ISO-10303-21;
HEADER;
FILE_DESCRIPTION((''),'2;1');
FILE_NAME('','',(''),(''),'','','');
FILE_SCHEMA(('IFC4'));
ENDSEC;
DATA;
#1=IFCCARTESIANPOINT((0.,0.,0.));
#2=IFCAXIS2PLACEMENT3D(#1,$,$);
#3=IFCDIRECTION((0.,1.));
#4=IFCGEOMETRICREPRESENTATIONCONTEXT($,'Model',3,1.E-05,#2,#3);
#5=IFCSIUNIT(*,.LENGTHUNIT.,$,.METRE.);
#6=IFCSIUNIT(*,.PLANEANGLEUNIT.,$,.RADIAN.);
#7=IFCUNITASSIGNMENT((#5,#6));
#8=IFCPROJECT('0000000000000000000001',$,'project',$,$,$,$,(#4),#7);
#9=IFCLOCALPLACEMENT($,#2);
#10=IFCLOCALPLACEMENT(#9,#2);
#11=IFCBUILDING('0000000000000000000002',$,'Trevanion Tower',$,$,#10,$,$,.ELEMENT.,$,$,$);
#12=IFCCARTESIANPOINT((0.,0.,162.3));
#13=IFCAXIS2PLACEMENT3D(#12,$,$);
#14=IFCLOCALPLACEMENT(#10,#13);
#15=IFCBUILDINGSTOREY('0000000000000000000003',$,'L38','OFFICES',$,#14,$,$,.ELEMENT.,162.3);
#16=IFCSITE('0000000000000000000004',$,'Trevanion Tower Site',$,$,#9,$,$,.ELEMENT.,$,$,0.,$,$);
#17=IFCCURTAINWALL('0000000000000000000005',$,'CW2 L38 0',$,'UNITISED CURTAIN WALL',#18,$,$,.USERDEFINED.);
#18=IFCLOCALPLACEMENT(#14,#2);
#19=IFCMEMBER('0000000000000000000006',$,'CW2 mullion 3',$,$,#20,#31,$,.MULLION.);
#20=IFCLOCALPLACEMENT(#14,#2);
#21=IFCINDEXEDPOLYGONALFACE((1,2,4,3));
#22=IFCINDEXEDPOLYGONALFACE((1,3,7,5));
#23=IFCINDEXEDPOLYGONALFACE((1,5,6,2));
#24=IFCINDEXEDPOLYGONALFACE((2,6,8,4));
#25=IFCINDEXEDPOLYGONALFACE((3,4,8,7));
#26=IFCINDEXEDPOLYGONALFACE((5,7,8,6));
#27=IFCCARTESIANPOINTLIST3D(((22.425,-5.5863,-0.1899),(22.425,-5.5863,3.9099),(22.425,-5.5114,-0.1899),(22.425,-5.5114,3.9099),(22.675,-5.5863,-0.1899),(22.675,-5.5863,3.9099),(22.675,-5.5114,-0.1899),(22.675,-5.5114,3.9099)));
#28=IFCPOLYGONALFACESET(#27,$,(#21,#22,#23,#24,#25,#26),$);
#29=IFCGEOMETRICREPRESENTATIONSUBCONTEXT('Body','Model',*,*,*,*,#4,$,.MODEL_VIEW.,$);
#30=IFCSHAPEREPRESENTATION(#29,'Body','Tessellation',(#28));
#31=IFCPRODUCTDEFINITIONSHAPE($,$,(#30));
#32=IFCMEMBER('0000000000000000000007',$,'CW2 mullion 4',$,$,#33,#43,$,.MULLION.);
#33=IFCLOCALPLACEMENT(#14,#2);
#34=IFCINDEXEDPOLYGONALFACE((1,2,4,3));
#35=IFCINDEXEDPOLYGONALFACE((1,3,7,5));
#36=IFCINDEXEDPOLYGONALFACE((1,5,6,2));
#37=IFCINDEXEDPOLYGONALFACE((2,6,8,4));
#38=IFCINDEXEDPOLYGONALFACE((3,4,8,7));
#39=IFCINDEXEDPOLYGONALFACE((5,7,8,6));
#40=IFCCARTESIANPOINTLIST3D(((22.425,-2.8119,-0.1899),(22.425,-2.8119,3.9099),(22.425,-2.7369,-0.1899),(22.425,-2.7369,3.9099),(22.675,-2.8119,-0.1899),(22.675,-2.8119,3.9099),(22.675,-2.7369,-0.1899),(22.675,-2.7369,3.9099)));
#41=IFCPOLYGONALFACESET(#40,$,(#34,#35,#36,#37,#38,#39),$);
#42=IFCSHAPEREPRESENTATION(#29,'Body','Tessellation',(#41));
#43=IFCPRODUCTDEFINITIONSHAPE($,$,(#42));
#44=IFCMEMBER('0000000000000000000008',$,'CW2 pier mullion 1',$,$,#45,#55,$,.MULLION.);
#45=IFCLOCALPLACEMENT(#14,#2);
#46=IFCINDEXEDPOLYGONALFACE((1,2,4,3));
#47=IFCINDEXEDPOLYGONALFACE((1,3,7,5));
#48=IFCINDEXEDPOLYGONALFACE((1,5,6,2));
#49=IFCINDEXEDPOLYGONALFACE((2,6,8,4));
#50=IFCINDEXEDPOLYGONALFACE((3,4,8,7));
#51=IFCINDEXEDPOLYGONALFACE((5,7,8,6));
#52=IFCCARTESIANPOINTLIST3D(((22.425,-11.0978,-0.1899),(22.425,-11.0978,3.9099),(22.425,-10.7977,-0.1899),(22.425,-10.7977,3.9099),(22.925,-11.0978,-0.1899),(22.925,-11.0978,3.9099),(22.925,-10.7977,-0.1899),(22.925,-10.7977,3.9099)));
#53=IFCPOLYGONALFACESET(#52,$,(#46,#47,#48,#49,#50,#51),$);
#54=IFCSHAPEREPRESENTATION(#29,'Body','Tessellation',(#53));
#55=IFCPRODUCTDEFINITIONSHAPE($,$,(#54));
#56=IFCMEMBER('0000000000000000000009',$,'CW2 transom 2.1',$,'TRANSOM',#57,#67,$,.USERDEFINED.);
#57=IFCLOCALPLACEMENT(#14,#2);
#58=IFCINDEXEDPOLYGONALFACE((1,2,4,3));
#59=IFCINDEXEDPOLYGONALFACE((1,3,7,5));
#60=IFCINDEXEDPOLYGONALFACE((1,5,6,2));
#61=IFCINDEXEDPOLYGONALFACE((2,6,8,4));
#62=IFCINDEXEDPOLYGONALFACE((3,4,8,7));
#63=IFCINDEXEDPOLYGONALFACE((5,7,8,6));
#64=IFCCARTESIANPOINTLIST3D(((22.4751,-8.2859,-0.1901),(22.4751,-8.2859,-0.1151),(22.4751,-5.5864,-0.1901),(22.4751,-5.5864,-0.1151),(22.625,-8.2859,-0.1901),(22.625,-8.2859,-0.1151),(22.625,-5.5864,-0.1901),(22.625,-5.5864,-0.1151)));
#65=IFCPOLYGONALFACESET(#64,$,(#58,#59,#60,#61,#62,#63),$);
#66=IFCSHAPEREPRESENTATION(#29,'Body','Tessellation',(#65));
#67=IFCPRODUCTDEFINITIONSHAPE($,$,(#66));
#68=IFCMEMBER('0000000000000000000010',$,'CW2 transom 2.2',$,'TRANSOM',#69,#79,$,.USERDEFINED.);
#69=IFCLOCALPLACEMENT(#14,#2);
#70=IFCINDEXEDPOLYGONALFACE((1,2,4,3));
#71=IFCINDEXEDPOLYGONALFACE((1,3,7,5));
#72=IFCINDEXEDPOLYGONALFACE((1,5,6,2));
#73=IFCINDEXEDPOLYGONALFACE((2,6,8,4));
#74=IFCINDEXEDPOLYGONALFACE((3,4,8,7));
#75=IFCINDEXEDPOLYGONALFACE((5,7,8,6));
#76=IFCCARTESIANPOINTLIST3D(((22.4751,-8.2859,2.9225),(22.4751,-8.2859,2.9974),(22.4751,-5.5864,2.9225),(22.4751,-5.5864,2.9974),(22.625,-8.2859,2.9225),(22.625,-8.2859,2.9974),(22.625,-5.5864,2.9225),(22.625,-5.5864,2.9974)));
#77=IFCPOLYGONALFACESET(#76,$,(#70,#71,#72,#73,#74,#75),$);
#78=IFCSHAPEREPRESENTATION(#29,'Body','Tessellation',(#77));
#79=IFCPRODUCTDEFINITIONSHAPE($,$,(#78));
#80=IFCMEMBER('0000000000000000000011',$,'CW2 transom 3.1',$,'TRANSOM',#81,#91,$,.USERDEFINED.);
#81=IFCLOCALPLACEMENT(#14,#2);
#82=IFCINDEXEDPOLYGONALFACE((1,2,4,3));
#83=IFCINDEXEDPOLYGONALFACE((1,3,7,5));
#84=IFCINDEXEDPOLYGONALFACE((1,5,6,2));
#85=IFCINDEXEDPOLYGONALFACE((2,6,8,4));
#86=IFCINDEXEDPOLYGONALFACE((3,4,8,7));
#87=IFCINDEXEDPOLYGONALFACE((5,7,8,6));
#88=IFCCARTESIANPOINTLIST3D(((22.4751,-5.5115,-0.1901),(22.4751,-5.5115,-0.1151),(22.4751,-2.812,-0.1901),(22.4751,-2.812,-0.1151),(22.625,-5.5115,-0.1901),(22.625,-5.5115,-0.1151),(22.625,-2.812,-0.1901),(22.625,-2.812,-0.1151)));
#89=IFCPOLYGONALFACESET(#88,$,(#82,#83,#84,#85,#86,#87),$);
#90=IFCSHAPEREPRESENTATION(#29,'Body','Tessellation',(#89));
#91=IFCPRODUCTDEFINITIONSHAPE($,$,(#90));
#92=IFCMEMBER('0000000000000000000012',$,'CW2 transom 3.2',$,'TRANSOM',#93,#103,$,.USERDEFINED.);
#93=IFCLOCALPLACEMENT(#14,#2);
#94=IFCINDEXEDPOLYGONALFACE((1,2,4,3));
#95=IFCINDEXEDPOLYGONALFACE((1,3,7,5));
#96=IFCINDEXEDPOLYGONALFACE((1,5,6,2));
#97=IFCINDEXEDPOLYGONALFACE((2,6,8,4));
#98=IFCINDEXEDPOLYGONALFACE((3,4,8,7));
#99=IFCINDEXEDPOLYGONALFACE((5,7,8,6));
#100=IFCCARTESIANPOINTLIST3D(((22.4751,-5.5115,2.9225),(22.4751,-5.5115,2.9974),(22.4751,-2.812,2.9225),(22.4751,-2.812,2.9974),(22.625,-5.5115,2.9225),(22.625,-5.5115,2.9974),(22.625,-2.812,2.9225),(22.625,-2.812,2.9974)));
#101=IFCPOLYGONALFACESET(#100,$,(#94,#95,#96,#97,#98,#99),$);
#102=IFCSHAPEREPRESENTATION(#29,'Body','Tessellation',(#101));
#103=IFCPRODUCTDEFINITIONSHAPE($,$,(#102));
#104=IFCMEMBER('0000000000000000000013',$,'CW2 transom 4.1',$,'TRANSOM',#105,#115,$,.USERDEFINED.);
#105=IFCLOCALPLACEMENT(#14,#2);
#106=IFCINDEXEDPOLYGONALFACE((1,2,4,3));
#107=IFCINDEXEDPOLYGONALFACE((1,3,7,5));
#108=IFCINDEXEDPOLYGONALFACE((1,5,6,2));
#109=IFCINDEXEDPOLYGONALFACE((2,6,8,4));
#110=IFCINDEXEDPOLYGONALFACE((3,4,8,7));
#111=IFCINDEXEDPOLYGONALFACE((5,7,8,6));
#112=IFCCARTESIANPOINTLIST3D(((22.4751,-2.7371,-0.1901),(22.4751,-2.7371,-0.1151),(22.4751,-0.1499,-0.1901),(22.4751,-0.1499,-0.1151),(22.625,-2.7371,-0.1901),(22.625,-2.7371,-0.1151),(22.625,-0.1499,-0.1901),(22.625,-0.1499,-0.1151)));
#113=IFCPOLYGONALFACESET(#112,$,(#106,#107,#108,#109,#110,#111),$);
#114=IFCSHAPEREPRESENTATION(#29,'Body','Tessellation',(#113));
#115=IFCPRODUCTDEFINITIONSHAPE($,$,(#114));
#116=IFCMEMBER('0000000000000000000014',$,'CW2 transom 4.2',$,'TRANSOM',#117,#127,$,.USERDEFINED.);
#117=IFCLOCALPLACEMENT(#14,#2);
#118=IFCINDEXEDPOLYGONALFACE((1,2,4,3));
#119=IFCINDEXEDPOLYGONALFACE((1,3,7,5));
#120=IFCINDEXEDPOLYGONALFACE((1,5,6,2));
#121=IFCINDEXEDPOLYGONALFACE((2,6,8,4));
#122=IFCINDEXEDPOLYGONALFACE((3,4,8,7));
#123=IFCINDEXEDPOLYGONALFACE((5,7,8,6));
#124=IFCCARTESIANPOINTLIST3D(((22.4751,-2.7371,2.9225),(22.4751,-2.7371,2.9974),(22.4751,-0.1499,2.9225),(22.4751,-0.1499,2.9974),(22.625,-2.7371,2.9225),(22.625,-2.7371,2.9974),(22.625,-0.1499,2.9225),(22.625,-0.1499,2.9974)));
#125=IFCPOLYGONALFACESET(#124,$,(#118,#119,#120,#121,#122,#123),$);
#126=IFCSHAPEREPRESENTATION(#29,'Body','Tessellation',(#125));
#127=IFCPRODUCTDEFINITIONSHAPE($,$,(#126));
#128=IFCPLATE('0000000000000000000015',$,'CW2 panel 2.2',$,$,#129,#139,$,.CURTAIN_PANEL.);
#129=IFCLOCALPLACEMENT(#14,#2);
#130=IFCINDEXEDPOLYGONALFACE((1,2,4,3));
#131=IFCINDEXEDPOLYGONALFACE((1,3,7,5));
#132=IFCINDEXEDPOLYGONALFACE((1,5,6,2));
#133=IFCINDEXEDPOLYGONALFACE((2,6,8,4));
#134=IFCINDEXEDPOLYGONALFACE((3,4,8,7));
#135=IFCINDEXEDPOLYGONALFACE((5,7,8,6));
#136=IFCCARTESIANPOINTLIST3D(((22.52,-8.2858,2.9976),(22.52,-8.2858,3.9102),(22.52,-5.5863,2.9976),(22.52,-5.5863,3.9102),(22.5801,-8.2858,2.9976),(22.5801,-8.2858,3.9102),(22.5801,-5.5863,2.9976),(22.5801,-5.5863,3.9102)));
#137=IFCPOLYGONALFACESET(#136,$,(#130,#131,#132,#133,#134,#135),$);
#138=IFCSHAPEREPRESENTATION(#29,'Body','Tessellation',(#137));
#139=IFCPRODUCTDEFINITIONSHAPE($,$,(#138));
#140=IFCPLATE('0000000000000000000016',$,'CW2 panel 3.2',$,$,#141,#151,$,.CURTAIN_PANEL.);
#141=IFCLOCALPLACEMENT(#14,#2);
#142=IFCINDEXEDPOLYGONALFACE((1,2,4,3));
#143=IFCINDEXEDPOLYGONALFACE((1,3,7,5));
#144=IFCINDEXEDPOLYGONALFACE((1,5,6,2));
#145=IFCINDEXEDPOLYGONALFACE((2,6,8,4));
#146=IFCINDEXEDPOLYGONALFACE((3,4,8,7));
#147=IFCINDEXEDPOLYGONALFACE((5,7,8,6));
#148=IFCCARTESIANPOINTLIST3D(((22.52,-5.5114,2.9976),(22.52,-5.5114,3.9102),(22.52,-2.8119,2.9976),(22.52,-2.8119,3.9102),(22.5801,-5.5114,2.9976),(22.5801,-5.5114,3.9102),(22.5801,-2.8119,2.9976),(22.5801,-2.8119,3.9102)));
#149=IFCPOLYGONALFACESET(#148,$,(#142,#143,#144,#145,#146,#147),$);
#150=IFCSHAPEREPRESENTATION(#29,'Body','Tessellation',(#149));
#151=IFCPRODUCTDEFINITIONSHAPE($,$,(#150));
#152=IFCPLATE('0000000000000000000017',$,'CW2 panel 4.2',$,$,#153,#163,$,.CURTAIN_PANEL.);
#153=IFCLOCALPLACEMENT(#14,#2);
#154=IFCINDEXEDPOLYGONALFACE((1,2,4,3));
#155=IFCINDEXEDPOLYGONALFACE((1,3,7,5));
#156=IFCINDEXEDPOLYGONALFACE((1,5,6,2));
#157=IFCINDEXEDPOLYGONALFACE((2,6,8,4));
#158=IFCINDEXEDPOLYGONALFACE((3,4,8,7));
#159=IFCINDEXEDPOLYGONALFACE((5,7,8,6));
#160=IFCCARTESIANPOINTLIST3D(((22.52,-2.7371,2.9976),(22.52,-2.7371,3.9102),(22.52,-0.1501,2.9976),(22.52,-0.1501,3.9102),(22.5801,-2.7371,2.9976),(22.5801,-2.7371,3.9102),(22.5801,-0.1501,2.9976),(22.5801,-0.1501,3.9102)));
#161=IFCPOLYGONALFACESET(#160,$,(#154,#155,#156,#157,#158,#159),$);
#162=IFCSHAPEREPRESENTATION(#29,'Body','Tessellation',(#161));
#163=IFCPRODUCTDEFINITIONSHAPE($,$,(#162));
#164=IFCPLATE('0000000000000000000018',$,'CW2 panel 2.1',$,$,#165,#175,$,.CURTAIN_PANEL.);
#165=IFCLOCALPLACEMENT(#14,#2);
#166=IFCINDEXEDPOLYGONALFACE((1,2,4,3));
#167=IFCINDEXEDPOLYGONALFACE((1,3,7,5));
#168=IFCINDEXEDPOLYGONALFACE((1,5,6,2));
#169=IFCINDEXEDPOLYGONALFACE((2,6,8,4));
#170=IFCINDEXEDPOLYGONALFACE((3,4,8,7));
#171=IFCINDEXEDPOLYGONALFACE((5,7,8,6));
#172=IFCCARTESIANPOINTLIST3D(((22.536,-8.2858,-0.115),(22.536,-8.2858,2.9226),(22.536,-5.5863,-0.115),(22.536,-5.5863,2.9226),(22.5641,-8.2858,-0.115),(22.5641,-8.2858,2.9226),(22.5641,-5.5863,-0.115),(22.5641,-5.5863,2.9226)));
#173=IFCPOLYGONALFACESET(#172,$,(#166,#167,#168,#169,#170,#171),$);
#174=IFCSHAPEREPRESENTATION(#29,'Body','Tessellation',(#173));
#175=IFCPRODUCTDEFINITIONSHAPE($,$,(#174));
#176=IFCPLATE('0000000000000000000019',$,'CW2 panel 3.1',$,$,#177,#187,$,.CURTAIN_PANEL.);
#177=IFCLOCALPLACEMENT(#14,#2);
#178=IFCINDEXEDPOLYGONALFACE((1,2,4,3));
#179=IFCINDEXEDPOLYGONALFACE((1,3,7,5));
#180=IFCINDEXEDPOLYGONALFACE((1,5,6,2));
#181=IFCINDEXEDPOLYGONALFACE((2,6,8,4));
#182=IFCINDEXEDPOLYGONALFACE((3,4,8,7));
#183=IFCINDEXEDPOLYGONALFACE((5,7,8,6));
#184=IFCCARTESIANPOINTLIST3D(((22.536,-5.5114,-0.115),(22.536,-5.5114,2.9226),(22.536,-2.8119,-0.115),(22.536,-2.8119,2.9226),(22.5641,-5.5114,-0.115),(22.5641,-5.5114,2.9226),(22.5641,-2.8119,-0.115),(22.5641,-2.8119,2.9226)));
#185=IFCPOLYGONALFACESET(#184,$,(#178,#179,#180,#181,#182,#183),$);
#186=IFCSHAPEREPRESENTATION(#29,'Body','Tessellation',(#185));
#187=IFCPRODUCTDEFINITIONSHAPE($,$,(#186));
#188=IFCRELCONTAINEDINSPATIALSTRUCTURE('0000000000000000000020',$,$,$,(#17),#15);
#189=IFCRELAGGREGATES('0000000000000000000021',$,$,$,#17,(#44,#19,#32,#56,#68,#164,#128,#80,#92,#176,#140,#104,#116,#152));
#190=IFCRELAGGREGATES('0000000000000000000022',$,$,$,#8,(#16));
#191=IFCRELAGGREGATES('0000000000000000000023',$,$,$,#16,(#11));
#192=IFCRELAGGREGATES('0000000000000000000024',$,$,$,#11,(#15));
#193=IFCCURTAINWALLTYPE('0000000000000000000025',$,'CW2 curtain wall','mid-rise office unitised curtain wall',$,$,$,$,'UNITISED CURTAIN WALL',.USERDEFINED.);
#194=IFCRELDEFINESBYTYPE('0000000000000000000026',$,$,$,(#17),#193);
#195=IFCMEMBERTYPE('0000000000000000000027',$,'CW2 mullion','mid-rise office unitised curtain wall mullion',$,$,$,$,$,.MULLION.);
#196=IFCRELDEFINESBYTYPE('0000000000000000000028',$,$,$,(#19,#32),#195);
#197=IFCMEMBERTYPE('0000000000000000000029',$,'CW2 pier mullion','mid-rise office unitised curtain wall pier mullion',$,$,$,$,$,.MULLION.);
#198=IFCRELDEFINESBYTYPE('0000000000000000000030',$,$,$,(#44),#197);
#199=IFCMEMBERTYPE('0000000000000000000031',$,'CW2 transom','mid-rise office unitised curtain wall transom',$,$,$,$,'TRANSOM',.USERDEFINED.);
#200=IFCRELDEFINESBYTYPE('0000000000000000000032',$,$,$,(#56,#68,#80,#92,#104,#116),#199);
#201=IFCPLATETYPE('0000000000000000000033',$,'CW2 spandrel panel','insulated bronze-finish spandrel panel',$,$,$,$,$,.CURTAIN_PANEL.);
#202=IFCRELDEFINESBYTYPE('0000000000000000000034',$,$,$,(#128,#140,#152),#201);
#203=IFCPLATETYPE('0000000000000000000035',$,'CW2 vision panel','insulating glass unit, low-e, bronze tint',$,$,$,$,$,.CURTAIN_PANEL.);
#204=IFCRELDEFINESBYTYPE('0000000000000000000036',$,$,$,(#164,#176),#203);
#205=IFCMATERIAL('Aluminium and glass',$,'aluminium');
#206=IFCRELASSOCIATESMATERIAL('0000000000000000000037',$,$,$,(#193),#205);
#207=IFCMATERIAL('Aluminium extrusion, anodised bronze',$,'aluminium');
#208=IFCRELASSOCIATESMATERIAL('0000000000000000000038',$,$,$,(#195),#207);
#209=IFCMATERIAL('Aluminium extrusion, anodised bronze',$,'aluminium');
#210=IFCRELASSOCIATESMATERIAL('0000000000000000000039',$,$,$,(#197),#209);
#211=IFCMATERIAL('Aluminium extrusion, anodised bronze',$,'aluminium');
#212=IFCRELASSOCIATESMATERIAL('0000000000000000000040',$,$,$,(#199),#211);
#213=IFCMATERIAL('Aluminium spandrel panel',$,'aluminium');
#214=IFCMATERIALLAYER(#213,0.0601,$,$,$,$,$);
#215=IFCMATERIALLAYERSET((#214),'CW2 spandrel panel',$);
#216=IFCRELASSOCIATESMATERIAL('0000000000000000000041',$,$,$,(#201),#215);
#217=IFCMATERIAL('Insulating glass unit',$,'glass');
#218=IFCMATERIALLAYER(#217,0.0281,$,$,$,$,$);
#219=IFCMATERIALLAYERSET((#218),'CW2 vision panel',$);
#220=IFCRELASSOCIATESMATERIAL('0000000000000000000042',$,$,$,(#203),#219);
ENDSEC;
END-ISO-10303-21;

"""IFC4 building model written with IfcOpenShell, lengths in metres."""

from ifc_helpers import new_model, si_unit, direction, frame, origin, origin_2d, place, context, subcontext, project, spatial, rectangle, extrude, material, layer, layer_set, material_profile, profile_set, type_object, element, aggregate, save


model = new_model("IFC4")

# Units and contexts
model_context = context("Model", 3, precision=1e-05, world=origin(), true_north=direction((0.0, 1.0)))
body_context = subcontext(model_context, "Body", "Model", "MODEL_VIEW")
ifc_project = project(units=[si_unit("LENGTHUNIT", "METRE"), si_unit("PLANEANGLEUNIT", "RADIAN")], contexts=[model_context])

# Site, building, storey
site_placement = place(None, origin())
site = spatial("IfcSite", under=ifc_project, at=site_placement, Name="Trevanion Tower Site", CompositionType="ELEMENT", RefElevation=0.0)
building_placement = place(site_placement, origin())
building = spatial("IfcBuilding", under=site, at=building_placement, Name="Trevanion Tower", CompositionType="ELEMENT")
storey_placement = place(building_placement, frame((0.0, 0.0, 162.3)))
storey = spatial("IfcBuildingStorey", under=building, at=storey_placement, Name="L38", Description="OFFICES", CompositionType="ELEMENT", Elevation=162.3)

# Curtain wall, members, plates
ifc_material_1 = material(Name="Aluminium and glass", Category="aluminium")
curtain_wall_type = type_object("IfcCurtainWallType", Name="CW2 curtain wall", Description="mid-rise office unitised curtain wall", ElementType="UNITISED CURTAIN WALL", PredefinedType="USERDEFINED", material=ifc_material_1)
curtain_wall_placement = place(storey_placement, origin())
curtain_wall = element("IfcCurtainWall", 1, at=curtain_wall_placement, inside=storey, type_object=curtain_wall_type, Name="CW2 L38 0", ObjectType="UNITISED CURTAIN WALL", PredefinedType="USERDEFINED")
ifc_material_2 = material(Name="Aluminium extrusion, anodised bronze", Category="aluminium")
ifc_material_profile_1 = material_profile(ifc_material_2, rectangle(XDim=0.075, YDim=0.25, at=origin_2d()), Name="CW2 mullion")
ifc_profile_set_1 = profile_set([ifc_material_profile_1], Name="Aluminium extrusion, anodised bronze")
member_type_1 = type_object("IfcMemberType", Name="CW2 mullion", Description="mid-rise office unitised curtain wall mullion", PredefinedType="MULLION", material=ifc_profile_set_1)
member_1_placement = place(storey_placement, frame((22.55, -5.5488, -0.1899), z_axis=(0.0, 0.0, 1.0), x_axis=(0.0, 1.0, 0.0)))
member_1 = element("IfcMember", 2, at=member_1_placement, type_object=member_type_1, Name="CW2 mullion 3", PredefinedType="MULLION", context=body_context, shape_type="SweptSolid", body=[
    extrude(rectangle(XDim=0.075, YDim=0.25, at=origin_2d()), origin(), (0.0, 0.0, 1.0), 4.0999),
])
member_2_placement = place(storey_placement, frame((22.55, -2.7744, -0.1899), z_axis=(0.0, 0.0, 1.0), x_axis=(0.0, 1.0, 0.0)))
member_2 = element("IfcMember", 3, at=member_2_placement, type_object=member_type_1, Name="CW2 mullion 4", PredefinedType="MULLION", context=body_context, shape_type="SweptSolid", body=[
    extrude(rectangle(XDim=0.075, YDim=0.25, at=origin_2d()), origin(), (0.0, 0.0, 1.0), 4.0999),
])
ifc_material_3 = material(Name="Aluminium extrusion, anodised bronze", Category="aluminium")
ifc_material_profile_2 = material_profile(ifc_material_3, rectangle(XDim=0.3, YDim=0.5, at=origin_2d()), Name="CW2 pier mullion")
ifc_profile_set_2 = profile_set([ifc_material_profile_2], Name="Aluminium extrusion, anodised bronze")
member_type_2 = type_object("IfcMemberType", Name="CW2 pier mullion", Description="mid-rise office unitised curtain wall pier mullion", PredefinedType="MULLION", material=ifc_profile_set_2)
member_3_placement = place(storey_placement, frame((22.675, -10.9478, -0.1899), z_axis=(0.0, 0.0, 1.0), x_axis=(0.0, 1.0, 0.0)))
member_3 = element("IfcMember", 4, at=member_3_placement, type_object=member_type_2, Name="CW2 pier mullion 1", PredefinedType="MULLION", context=body_context, shape_type="SweptSolid", body=[
    extrude(rectangle(XDim=0.3, YDim=0.5, at=origin_2d()), origin(), (0.0, 0.0, 1.0), 4.0999),
])
ifc_material_4 = material(Name="Aluminium extrusion, anodised bronze", Category="aluminium")
ifc_material_profile_3 = material_profile(ifc_material_4, rectangle(XDim=0.1499, YDim=0.075, at=origin_2d()), Name="CW2 transom")
ifc_profile_set_3 = profile_set([ifc_material_profile_3], Name="Aluminium extrusion, anodised bronze")
member_type_3 = type_object("IfcMemberType", Name="CW2 transom", Description="mid-rise office unitised curtain wall transom", ElementType="TRANSOM", PredefinedType="USERDEFINED", material=ifc_profile_set_3)
member_4_placement = place(storey_placement, frame((22.55, -8.2859, -0.1526), z_axis=(0.0, 1.0, 0.0), x_axis=(-1.0, 0.0, 0.0)))
member_4 = element("IfcMember", 5, at=member_4_placement, type_object=member_type_3, Name="CW2 transom 2.1", ObjectType="TRANSOM", PredefinedType="USERDEFINED", context=body_context, shape_type="SweptSolid", body=[
    extrude(rectangle(XDim=0.1499, YDim=0.075, at=origin_2d()), origin(), (0.0, 0.0, 1.0), 2.6995),
])
member_5_placement = place(storey_placement, frame((22.55, -8.2859, 2.96), z_axis=(0.0, 1.0, 0.0), x_axis=(-1.0, 0.0, 0.0)))
member_5 = element("IfcMember", 6, at=member_5_placement, type_object=member_type_3, Name="CW2 transom 2.2", ObjectType="TRANSOM", PredefinedType="USERDEFINED", context=body_context, shape_type="SweptSolid", body=[
    extrude(rectangle(XDim=0.1499, YDim=0.075, at=origin_2d()), origin(), (0.0, 0.0, 1.0), 2.6995),
])
member_6_placement = place(storey_placement, frame((22.55, -5.5115, -0.1526), z_axis=(0.0, 1.0, 0.0), x_axis=(-1.0, 0.0, 0.0)))
member_6 = element("IfcMember", 7, at=member_6_placement, type_object=member_type_3, Name="CW2 transom 3.1", ObjectType="TRANSOM", PredefinedType="USERDEFINED", context=body_context, shape_type="SweptSolid", body=[
    extrude(rectangle(XDim=0.1499, YDim=0.075, at=origin_2d()), origin(), (0.0, 0.0, 1.0), 2.6995),
])
member_7_placement = place(storey_placement, frame((22.55, -5.5115, 2.96), z_axis=(0.0, 1.0, 0.0), x_axis=(-1.0, 0.0, 0.0)))
member_7 = element("IfcMember", 8, at=member_7_placement, type_object=member_type_3, Name="CW2 transom 3.2", ObjectType="TRANSOM", PredefinedType="USERDEFINED", context=body_context, shape_type="SweptSolid", body=[
    extrude(rectangle(XDim=0.1499, YDim=0.075, at=origin_2d()), origin(), (0.0, 0.0, 1.0), 2.6995),
])
member_8_placement = place(storey_placement, frame((22.55, -2.7371, -0.1526), z_axis=(0.0, 1.0, 0.0), x_axis=(-1.0, 0.0, 0.0)))
member_8 = element("IfcMember", 9, at=member_8_placement, type_object=member_type_3, Name="CW2 transom 4.1", ObjectType="TRANSOM", PredefinedType="USERDEFINED", context=body_context, shape_type="SweptSolid", body=[
    extrude(rectangle(XDim=0.1499, YDim=0.075, at=origin_2d()), origin(), (0.0, 0.0, 1.0), 2.5872),
])
member_9_placement = place(storey_placement, frame((22.55, -2.7371, 2.96), z_axis=(0.0, 1.0, 0.0), x_axis=(-1.0, 0.0, 0.0)))
member_9 = element("IfcMember", 10, at=member_9_placement, type_object=member_type_3, Name="CW2 transom 4.2", ObjectType="TRANSOM", PredefinedType="USERDEFINED", context=body_context, shape_type="SweptSolid", body=[
    extrude(rectangle(XDim=0.1499, YDim=0.075, at=origin_2d()), origin(), (0.0, 0.0, 1.0), 2.5872),
])
ifc_material_5 = material(Name="Aluminium spandrel panel", Category="aluminium")
ifc_layer_1 = layer(ifc_material_5, 0.0601)
ifc_layer_set_1 = layer_set([ifc_layer_1], Name="CW2 spandrel panel")
plate_type_1 = type_object("IfcPlateType", Name="CW2 spandrel panel", Description="insulated bronze-finish spandrel panel", PredefinedType="CURTAIN_PANEL", material=ifc_layer_set_1)
plate_1_placement = place(storey_placement, frame((22.55, -6.936, 2.9976), z_axis=(0.0, 0.0, 1.0), x_axis=(0.0, 1.0, 0.0)))
plate_1 = element("IfcPlate", 11, at=plate_1_placement, type_object=plate_type_1, Name="CW2 panel 2.2", PredefinedType="CURTAIN_PANEL", context=body_context, shape_type="SweptSolid", body=[
    extrude(rectangle(XDim=2.6995, YDim=0.0601, at=origin_2d()), origin(), (0.0, 0.0, 1.0), 0.9126),
])
plate_2_placement = place(storey_placement, frame((22.55, -4.1616, 2.9976), z_axis=(0.0, 0.0, 1.0), x_axis=(0.0, 1.0, 0.0)))
plate_2 = element("IfcPlate", 12, at=plate_2_placement, type_object=plate_type_1, Name="CW2 panel 3.2", PredefinedType="CURTAIN_PANEL", context=body_context, shape_type="SweptSolid", body=[
    extrude(rectangle(XDim=2.6995, YDim=0.0601, at=origin_2d()), origin(), (0.0, 0.0, 1.0), 0.9126),
])
plate_3_placement = place(storey_placement, frame((22.55, -1.4436, 2.9976), z_axis=(0.0, 0.0, 1.0), x_axis=(0.0, 1.0, 0.0)))
plate_3 = element("IfcPlate", 13, at=plate_3_placement, type_object=plate_type_1, Name="CW2 panel 4.2", PredefinedType="CURTAIN_PANEL", context=body_context, shape_type="SweptSolid", body=[
    extrude(rectangle(XDim=2.5869, YDim=0.0601, at=origin_2d()), origin(), (0.0, 0.0, 1.0), 0.9126),
])
ifc_material_6 = material(Name="Insulating glass unit", Category="glass")
ifc_layer_2 = layer(ifc_material_6, 0.0281)
ifc_layer_set_2 = layer_set([ifc_layer_2], Name="CW2 vision panel")
plate_type_2 = type_object("IfcPlateType", Name="CW2 vision panel", Description="insulating glass unit, low-e, bronze tint", PredefinedType="CURTAIN_PANEL", material=ifc_layer_set_2)
plate_4_placement = place(storey_placement, frame((22.55, -6.936, -0.115), z_axis=(0.0, 0.0, 1.0), x_axis=(0.0, 1.0, 0.0)))
plate_4 = element("IfcPlate", 14, at=plate_4_placement, type_object=plate_type_2, Name="CW2 panel 2.1", PredefinedType="CURTAIN_PANEL", context=body_context, shape_type="SweptSolid", body=[
    extrude(rectangle(XDim=2.6995, YDim=0.0281, at=origin_2d()), origin(), (0.0, 0.0, 1.0), 3.0376),
])
plate_5_placement = place(storey_placement, frame((22.55, -4.1616, -0.115), z_axis=(0.0, 0.0, 1.0), x_axis=(0.0, 1.0, 0.0)))
plate_5 = element("IfcPlate", 15, at=plate_5_placement, type_object=plate_type_2, Name="CW2 panel 3.1", PredefinedType="CURTAIN_PANEL", context=body_context, shape_type="SweptSolid", body=[
    extrude(rectangle(XDim=2.6995, YDim=0.0281, at=origin_2d()), origin(), (0.0, 0.0, 1.0), 3.0376),
])
aggregate(curtain_wall, [member_3, member_1, member_2, member_4, member_5, plate_4, plate_1, member_6, member_7, plate_5, plate_2, member_8, member_9, plate_3])

save(model, "model.ifc")
